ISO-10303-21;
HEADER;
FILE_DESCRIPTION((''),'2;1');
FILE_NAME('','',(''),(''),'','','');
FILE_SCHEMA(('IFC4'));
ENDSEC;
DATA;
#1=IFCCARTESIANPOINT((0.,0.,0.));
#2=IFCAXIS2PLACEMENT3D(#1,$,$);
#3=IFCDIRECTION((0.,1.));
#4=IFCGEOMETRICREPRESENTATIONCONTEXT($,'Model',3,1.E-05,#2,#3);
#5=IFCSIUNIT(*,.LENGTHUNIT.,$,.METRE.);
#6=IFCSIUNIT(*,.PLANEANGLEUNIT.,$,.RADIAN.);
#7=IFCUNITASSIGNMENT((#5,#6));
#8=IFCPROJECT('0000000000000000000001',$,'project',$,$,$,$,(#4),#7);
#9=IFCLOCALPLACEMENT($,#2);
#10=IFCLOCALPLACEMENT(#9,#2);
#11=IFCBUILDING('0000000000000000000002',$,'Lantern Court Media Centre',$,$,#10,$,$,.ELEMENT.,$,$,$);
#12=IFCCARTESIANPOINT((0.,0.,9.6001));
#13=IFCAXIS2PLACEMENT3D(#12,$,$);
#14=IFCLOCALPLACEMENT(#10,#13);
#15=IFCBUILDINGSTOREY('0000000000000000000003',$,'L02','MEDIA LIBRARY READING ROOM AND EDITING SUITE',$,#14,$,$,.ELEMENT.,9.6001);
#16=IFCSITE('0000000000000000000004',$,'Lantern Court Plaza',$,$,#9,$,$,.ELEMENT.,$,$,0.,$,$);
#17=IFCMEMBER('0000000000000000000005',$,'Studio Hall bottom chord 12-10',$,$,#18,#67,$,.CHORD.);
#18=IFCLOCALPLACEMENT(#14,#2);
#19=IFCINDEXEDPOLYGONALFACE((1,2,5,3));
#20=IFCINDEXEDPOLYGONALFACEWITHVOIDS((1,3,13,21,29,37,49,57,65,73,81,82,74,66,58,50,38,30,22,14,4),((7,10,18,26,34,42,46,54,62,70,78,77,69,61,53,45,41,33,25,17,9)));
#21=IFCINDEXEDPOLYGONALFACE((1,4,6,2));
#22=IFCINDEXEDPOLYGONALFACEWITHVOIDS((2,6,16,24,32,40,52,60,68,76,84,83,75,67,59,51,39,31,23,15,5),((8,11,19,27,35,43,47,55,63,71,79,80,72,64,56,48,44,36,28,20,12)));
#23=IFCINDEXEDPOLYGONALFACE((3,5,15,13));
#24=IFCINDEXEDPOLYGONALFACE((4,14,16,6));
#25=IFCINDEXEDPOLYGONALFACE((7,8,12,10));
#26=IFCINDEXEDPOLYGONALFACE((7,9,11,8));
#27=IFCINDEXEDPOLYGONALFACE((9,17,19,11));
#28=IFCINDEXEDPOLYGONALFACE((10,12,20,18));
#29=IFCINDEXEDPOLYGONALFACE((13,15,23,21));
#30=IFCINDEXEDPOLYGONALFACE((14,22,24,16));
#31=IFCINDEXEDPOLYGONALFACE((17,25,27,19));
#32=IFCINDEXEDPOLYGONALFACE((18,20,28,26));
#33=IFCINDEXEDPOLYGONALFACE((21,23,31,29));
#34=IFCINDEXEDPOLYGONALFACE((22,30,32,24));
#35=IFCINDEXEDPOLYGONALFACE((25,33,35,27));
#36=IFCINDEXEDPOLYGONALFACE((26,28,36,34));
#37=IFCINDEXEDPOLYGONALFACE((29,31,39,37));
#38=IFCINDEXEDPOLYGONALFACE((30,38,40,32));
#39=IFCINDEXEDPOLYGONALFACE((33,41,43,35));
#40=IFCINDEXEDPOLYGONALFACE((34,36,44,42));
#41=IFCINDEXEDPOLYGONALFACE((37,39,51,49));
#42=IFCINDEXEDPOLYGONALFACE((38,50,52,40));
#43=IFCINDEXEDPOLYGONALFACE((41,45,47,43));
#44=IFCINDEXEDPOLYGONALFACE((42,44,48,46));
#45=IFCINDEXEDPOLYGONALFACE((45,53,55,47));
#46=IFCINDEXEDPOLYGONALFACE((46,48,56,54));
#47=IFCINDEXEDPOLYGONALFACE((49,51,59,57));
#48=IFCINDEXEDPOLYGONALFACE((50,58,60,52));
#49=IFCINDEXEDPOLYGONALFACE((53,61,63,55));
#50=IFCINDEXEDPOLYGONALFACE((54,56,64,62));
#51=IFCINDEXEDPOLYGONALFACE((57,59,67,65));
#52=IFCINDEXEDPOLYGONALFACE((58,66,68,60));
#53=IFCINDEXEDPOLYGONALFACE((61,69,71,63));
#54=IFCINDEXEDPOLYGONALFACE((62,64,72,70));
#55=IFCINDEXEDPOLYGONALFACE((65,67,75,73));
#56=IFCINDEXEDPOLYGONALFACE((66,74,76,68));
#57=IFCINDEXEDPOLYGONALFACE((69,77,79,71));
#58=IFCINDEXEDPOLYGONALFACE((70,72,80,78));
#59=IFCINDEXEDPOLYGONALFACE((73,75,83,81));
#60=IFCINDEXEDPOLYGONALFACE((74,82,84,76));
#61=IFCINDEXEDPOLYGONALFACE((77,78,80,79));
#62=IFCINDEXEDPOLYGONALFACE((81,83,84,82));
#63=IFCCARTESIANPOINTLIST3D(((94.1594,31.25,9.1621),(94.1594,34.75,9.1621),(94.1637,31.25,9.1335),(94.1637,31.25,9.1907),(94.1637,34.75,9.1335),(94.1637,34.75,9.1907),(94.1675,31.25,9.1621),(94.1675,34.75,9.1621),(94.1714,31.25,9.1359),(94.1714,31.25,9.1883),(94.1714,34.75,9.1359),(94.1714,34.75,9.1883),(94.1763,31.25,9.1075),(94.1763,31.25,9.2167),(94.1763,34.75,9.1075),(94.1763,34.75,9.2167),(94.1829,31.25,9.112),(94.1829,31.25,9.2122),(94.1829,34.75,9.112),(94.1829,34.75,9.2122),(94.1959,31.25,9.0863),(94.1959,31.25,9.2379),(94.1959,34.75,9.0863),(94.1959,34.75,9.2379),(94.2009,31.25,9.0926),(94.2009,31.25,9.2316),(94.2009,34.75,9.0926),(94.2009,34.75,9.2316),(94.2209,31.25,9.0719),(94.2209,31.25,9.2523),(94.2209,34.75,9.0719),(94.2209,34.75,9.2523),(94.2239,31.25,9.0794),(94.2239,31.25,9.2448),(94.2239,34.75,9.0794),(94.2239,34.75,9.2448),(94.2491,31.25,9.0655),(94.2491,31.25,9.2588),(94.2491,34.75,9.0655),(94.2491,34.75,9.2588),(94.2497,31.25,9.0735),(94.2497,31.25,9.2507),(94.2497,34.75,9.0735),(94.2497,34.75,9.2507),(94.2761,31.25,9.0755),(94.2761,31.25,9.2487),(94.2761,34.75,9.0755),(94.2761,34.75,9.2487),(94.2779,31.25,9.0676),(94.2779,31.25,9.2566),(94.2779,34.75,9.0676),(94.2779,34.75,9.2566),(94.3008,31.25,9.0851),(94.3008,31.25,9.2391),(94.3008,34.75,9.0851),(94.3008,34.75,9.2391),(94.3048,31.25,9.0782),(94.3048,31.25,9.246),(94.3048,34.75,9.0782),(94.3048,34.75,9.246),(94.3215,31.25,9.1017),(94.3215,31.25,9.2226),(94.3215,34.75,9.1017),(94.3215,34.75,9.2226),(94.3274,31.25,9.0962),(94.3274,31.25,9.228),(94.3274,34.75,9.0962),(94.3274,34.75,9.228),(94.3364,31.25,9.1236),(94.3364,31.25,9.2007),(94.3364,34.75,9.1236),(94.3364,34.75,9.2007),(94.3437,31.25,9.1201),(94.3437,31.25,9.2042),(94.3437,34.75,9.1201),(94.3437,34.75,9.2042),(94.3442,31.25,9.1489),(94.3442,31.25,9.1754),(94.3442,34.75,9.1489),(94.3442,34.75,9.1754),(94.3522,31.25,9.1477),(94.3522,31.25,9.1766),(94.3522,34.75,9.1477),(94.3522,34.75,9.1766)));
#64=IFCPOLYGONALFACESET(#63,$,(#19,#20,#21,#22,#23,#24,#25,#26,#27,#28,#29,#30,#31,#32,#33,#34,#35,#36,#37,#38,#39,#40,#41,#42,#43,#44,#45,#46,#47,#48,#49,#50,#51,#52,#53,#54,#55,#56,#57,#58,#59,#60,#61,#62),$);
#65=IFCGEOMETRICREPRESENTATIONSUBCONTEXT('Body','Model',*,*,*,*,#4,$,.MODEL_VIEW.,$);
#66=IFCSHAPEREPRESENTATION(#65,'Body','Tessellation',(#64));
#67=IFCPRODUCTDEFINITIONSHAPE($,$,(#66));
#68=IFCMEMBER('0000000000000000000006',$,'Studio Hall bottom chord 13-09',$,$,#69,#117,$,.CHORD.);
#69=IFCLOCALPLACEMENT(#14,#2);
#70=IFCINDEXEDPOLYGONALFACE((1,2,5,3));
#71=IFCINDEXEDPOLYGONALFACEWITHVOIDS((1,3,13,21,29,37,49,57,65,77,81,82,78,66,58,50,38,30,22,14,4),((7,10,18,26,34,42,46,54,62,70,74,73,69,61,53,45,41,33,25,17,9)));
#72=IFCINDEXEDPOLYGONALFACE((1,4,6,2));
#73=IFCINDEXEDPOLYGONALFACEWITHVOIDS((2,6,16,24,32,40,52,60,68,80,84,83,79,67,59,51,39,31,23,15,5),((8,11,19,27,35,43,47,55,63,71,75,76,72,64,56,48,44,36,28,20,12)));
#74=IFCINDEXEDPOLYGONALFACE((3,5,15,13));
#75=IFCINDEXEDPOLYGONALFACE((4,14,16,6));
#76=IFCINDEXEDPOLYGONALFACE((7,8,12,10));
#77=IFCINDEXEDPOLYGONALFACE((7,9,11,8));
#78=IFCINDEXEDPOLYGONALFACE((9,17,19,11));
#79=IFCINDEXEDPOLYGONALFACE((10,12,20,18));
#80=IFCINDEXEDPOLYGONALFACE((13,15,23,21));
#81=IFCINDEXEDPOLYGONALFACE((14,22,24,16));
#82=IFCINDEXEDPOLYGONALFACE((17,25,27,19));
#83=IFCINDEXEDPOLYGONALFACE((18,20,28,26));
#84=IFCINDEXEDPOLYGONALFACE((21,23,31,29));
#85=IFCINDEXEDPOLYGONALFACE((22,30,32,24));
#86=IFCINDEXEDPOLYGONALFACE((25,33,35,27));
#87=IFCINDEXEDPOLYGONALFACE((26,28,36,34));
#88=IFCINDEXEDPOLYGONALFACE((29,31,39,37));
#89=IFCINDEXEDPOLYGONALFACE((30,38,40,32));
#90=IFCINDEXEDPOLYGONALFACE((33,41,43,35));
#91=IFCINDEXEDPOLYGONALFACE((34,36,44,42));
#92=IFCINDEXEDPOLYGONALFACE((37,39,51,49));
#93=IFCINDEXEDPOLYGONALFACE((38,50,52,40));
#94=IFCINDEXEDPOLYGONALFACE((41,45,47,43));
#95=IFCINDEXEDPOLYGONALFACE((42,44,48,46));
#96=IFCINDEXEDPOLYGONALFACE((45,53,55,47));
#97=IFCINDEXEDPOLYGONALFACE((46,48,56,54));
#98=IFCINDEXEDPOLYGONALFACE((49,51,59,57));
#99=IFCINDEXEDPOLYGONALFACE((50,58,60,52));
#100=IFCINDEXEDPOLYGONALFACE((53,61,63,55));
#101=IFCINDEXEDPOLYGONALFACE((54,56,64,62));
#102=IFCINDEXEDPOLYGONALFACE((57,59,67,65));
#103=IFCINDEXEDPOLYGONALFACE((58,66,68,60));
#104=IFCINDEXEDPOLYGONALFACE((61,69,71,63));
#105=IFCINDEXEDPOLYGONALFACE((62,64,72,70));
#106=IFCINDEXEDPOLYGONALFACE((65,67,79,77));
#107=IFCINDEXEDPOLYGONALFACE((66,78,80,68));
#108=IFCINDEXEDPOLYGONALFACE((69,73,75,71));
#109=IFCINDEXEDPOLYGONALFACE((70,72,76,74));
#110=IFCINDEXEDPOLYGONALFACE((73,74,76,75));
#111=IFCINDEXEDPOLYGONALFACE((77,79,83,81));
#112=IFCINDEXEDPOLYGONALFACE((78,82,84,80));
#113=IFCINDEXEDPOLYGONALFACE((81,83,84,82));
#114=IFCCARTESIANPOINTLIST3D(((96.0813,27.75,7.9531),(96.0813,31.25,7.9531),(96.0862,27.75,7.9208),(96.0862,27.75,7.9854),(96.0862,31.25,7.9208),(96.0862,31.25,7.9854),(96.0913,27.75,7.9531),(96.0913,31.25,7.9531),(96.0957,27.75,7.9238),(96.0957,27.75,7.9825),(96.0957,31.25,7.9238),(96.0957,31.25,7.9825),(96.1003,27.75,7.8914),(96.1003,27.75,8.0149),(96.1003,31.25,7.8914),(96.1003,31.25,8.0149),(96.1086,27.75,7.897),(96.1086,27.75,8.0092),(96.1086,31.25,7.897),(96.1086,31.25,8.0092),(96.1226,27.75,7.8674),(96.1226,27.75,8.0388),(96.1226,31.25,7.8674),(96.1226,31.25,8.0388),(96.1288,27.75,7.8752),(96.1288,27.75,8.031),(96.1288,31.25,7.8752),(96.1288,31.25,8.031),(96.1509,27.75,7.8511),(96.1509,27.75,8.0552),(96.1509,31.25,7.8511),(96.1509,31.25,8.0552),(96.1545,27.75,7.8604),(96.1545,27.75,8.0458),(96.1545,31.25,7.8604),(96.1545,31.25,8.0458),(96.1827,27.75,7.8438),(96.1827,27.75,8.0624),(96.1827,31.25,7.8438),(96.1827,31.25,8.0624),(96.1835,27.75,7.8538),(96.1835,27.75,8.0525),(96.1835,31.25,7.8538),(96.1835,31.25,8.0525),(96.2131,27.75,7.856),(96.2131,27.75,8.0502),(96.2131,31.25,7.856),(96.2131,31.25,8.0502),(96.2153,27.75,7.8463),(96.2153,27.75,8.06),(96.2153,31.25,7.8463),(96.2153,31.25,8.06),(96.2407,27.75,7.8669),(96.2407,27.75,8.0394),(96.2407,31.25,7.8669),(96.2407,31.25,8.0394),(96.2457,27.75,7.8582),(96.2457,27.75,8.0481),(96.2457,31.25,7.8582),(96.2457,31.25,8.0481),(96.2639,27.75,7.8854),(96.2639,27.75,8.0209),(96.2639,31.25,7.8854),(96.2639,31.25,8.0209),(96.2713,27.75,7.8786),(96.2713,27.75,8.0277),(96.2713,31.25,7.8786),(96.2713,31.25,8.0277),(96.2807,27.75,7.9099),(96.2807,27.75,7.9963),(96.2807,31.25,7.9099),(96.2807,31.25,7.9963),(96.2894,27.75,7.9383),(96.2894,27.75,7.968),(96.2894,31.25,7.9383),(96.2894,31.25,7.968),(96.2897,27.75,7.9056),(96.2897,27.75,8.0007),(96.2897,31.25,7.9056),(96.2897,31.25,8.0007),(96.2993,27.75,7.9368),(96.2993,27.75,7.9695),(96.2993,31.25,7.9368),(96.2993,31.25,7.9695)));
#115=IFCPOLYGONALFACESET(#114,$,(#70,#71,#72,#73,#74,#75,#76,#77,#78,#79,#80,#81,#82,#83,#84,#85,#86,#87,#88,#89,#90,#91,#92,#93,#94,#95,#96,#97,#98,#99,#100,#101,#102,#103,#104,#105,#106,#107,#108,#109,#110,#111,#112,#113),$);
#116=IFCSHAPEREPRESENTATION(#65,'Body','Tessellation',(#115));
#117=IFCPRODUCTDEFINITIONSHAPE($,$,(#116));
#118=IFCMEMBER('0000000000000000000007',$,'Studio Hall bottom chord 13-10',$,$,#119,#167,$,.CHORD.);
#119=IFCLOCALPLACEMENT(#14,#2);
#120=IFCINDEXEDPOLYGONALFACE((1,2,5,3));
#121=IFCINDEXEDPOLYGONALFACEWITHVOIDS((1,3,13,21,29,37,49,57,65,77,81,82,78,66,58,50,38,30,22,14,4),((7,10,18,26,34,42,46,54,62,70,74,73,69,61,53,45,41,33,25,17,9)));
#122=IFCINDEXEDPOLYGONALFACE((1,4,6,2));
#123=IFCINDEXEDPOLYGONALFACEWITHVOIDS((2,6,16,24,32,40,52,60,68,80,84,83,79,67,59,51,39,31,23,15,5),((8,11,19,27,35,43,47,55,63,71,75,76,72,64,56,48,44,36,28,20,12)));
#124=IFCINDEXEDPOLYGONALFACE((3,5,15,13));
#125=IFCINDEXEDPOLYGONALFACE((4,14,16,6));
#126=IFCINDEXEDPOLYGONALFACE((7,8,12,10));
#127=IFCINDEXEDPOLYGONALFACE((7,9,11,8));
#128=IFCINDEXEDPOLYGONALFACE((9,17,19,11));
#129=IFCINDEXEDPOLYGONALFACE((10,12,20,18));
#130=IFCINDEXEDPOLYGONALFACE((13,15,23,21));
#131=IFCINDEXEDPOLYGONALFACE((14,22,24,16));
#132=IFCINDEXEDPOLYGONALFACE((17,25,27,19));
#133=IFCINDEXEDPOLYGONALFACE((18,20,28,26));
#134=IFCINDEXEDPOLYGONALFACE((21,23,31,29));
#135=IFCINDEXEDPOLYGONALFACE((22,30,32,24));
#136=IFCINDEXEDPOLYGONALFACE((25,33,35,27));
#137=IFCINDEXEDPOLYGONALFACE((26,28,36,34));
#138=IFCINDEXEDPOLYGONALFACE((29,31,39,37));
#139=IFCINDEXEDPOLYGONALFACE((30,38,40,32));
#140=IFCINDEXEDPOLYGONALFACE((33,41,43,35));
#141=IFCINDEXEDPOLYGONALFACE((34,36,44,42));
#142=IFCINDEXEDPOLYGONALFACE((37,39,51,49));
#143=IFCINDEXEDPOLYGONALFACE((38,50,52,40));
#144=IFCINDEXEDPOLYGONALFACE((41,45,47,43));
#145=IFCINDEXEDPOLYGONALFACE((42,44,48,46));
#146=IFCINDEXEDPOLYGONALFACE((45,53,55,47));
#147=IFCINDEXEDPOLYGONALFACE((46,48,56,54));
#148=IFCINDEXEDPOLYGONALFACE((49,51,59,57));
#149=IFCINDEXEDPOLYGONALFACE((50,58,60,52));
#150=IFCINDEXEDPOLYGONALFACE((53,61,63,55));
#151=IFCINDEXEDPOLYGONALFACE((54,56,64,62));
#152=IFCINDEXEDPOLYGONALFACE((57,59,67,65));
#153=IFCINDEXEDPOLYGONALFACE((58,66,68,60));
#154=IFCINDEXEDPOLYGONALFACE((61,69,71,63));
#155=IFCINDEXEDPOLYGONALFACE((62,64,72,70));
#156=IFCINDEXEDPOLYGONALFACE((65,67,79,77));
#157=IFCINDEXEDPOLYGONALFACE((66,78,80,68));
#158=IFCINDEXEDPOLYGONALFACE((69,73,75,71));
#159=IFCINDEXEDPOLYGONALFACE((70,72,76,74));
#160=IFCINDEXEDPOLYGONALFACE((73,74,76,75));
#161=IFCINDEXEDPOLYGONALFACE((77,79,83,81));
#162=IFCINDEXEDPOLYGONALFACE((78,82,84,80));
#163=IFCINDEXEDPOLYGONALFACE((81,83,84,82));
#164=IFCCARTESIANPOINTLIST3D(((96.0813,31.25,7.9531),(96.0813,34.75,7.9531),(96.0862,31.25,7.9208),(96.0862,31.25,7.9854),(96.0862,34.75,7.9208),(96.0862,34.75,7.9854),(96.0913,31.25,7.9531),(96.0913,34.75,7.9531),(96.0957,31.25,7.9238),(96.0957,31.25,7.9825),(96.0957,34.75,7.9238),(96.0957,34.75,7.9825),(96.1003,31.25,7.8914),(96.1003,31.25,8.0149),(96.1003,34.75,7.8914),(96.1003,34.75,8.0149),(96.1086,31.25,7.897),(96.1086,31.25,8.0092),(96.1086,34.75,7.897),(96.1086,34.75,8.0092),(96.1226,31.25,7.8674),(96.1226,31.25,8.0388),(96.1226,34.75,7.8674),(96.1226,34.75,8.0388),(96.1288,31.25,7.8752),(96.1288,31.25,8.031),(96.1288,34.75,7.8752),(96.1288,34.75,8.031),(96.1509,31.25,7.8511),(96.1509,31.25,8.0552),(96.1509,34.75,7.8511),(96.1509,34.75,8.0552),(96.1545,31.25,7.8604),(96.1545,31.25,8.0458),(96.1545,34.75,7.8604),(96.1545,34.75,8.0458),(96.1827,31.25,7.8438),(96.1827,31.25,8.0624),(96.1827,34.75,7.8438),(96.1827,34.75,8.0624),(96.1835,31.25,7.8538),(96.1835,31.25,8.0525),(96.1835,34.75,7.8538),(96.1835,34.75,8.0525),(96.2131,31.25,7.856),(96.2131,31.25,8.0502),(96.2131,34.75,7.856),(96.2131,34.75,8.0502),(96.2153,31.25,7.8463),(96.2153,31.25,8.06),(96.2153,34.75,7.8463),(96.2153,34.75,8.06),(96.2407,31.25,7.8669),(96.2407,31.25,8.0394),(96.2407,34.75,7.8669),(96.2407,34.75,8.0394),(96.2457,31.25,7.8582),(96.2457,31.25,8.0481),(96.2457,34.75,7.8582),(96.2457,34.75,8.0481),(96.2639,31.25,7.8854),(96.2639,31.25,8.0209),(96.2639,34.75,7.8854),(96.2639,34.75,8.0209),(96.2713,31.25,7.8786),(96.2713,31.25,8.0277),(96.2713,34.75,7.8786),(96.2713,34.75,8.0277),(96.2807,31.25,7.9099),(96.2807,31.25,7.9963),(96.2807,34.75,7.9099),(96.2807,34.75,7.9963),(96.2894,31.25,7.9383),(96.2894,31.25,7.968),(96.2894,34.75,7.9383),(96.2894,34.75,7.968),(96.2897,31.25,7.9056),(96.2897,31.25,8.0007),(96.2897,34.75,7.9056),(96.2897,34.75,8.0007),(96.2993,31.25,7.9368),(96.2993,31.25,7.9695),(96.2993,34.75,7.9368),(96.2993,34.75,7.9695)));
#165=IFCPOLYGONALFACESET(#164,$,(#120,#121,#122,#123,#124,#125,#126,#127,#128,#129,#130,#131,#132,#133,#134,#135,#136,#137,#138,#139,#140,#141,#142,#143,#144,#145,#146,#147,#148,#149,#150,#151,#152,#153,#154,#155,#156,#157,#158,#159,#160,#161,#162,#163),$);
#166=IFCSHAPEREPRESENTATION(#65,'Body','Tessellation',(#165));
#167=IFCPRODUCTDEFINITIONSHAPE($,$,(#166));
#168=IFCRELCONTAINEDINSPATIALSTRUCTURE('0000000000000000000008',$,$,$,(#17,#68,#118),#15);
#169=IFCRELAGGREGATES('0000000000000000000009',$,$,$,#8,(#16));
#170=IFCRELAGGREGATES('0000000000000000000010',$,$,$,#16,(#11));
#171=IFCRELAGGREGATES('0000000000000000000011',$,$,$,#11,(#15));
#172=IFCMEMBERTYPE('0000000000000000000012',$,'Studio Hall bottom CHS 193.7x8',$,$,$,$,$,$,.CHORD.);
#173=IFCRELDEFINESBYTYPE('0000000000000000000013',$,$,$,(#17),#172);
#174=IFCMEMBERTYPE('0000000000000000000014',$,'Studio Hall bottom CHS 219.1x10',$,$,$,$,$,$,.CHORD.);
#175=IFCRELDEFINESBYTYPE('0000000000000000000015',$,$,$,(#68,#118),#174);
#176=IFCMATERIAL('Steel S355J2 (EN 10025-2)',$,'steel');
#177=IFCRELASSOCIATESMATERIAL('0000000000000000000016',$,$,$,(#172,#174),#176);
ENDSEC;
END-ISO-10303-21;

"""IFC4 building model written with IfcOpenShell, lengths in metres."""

from ifc_helpers import new_model, si_unit, direction, frame, origin, origin_2d, place, context, subcontext, project, spatial, hollow_circle, extrude, material, material_profile, profile_set, type_object, element, save


model = new_model("IFC4")

# Units and contexts
model_context = context("Model", 3, precision=1e-05, world=origin(), true_north=direction((0.0, 1.0)))
body_context = subcontext(model_context, "Body", "Model", "MODEL_VIEW")
ifc_project = project(units=[si_unit("LENGTHUNIT", "METRE"), si_unit("PLANEANGLEUNIT", "RADIAN")], contexts=[model_context])

# Site, building, storey
site_placement = place(None, origin())
site = spatial("IfcSite", under=ifc_project, at=site_placement, Name="Lantern Court Plaza", CompositionType="ELEMENT", RefElevation=0.0)
building_placement = place(site_placement, origin())
building = spatial("IfcBuilding", under=site, at=building_placement, Name="Lantern Court Media Centre", CompositionType="ELEMENT")
storey_placement = place(building_placement, frame((0.0, 0.0, 9.6001)))
storey = spatial("IfcBuildingStorey", under=building, at=storey_placement, Name="L02", Description="MEDIA LIBRARY READING ROOM AND EDITING SUITE", CompositionType="ELEMENT", Elevation=9.6001)

# Members
ifc_material = material(Name="Steel S355J2 (EN 10025-2)", Category="steel")
ifc_material_profile_1 = material_profile(ifc_material, hollow_circle(Radius=0.0969, WallThickness=0.0081, at=origin_2d()), Name="Studio Hall bottom CHS 193.7x8")
ifc_profile_set_1 = profile_set([ifc_material_profile_1], Name="Steel S355J2 (EN 10025-2)")
member_type_1 = type_object("IfcMemberType", Name="Studio Hall bottom CHS 193.7x8", PredefinedType="CHORD", material=ifc_profile_set_1)
member_1_placement = place(storey_placement, frame((94.2563, 31.25, 9.1621), z_axis=(0.0, 1.0, 0.0), x_axis=(-1.0, 0.0, 0.0)))
element("IfcMember", 1, at=member_1_placement, inside=storey, type_object=member_type_1, Name="Studio Hall bottom chord 12-10", PredefinedType="CHORD", context=body_context, shape_type="SweptSolid", body=[
    extrude(hollow_circle(Radius=0.0969, WallThickness=0.0081, at=origin_2d()), origin(), (0.0, 0.0, 1.0), 3.5),
])
ifc_material_profile_2 = material_profile(ifc_material, hollow_circle(Radius=0.1096, WallThickness=0.01, at=origin_2d()), Name="Studio Hall bottom CHS 219.1x10")
ifc_profile_set_2 = profile_set([ifc_material_profile_2], Name="Steel S355J2 (EN 10025-2)")
member_type_2 = type_object("IfcMemberType", Name="Studio Hall bottom CHS 219.1x10", PredefinedType="CHORD", material=ifc_profile_set_2)
for number, where, z_axis, x_axis, name in (
    (2, (96.1909, 27.75, 7.9531), (0.0, 1.0, 0.0), (-1.0, 0.0, 0.0), "Studio Hall bottom chord 13-09"),
    (3, (96.1909, 31.25, 7.9531), (0.0, 1.0, 0.0), (-1.0, 0.0, 0.0), "Studio Hall bottom chord 13-10"),
):
    element("IfcMember", number, at=place(storey_placement, frame(where, z_axis=z_axis, x_axis=x_axis)), inside=storey, type_object=member_type_2, Name=name, PredefinedType="CHORD", context=body_context, shape_type="SweptSolid", body=[
        extrude(hollow_circle(Radius=0.1096, WallThickness=0.01, at=origin_2d()), origin(), (0.0, 0.0, 1.0), 3.5),
    ])

save(model, "model.ifc")
